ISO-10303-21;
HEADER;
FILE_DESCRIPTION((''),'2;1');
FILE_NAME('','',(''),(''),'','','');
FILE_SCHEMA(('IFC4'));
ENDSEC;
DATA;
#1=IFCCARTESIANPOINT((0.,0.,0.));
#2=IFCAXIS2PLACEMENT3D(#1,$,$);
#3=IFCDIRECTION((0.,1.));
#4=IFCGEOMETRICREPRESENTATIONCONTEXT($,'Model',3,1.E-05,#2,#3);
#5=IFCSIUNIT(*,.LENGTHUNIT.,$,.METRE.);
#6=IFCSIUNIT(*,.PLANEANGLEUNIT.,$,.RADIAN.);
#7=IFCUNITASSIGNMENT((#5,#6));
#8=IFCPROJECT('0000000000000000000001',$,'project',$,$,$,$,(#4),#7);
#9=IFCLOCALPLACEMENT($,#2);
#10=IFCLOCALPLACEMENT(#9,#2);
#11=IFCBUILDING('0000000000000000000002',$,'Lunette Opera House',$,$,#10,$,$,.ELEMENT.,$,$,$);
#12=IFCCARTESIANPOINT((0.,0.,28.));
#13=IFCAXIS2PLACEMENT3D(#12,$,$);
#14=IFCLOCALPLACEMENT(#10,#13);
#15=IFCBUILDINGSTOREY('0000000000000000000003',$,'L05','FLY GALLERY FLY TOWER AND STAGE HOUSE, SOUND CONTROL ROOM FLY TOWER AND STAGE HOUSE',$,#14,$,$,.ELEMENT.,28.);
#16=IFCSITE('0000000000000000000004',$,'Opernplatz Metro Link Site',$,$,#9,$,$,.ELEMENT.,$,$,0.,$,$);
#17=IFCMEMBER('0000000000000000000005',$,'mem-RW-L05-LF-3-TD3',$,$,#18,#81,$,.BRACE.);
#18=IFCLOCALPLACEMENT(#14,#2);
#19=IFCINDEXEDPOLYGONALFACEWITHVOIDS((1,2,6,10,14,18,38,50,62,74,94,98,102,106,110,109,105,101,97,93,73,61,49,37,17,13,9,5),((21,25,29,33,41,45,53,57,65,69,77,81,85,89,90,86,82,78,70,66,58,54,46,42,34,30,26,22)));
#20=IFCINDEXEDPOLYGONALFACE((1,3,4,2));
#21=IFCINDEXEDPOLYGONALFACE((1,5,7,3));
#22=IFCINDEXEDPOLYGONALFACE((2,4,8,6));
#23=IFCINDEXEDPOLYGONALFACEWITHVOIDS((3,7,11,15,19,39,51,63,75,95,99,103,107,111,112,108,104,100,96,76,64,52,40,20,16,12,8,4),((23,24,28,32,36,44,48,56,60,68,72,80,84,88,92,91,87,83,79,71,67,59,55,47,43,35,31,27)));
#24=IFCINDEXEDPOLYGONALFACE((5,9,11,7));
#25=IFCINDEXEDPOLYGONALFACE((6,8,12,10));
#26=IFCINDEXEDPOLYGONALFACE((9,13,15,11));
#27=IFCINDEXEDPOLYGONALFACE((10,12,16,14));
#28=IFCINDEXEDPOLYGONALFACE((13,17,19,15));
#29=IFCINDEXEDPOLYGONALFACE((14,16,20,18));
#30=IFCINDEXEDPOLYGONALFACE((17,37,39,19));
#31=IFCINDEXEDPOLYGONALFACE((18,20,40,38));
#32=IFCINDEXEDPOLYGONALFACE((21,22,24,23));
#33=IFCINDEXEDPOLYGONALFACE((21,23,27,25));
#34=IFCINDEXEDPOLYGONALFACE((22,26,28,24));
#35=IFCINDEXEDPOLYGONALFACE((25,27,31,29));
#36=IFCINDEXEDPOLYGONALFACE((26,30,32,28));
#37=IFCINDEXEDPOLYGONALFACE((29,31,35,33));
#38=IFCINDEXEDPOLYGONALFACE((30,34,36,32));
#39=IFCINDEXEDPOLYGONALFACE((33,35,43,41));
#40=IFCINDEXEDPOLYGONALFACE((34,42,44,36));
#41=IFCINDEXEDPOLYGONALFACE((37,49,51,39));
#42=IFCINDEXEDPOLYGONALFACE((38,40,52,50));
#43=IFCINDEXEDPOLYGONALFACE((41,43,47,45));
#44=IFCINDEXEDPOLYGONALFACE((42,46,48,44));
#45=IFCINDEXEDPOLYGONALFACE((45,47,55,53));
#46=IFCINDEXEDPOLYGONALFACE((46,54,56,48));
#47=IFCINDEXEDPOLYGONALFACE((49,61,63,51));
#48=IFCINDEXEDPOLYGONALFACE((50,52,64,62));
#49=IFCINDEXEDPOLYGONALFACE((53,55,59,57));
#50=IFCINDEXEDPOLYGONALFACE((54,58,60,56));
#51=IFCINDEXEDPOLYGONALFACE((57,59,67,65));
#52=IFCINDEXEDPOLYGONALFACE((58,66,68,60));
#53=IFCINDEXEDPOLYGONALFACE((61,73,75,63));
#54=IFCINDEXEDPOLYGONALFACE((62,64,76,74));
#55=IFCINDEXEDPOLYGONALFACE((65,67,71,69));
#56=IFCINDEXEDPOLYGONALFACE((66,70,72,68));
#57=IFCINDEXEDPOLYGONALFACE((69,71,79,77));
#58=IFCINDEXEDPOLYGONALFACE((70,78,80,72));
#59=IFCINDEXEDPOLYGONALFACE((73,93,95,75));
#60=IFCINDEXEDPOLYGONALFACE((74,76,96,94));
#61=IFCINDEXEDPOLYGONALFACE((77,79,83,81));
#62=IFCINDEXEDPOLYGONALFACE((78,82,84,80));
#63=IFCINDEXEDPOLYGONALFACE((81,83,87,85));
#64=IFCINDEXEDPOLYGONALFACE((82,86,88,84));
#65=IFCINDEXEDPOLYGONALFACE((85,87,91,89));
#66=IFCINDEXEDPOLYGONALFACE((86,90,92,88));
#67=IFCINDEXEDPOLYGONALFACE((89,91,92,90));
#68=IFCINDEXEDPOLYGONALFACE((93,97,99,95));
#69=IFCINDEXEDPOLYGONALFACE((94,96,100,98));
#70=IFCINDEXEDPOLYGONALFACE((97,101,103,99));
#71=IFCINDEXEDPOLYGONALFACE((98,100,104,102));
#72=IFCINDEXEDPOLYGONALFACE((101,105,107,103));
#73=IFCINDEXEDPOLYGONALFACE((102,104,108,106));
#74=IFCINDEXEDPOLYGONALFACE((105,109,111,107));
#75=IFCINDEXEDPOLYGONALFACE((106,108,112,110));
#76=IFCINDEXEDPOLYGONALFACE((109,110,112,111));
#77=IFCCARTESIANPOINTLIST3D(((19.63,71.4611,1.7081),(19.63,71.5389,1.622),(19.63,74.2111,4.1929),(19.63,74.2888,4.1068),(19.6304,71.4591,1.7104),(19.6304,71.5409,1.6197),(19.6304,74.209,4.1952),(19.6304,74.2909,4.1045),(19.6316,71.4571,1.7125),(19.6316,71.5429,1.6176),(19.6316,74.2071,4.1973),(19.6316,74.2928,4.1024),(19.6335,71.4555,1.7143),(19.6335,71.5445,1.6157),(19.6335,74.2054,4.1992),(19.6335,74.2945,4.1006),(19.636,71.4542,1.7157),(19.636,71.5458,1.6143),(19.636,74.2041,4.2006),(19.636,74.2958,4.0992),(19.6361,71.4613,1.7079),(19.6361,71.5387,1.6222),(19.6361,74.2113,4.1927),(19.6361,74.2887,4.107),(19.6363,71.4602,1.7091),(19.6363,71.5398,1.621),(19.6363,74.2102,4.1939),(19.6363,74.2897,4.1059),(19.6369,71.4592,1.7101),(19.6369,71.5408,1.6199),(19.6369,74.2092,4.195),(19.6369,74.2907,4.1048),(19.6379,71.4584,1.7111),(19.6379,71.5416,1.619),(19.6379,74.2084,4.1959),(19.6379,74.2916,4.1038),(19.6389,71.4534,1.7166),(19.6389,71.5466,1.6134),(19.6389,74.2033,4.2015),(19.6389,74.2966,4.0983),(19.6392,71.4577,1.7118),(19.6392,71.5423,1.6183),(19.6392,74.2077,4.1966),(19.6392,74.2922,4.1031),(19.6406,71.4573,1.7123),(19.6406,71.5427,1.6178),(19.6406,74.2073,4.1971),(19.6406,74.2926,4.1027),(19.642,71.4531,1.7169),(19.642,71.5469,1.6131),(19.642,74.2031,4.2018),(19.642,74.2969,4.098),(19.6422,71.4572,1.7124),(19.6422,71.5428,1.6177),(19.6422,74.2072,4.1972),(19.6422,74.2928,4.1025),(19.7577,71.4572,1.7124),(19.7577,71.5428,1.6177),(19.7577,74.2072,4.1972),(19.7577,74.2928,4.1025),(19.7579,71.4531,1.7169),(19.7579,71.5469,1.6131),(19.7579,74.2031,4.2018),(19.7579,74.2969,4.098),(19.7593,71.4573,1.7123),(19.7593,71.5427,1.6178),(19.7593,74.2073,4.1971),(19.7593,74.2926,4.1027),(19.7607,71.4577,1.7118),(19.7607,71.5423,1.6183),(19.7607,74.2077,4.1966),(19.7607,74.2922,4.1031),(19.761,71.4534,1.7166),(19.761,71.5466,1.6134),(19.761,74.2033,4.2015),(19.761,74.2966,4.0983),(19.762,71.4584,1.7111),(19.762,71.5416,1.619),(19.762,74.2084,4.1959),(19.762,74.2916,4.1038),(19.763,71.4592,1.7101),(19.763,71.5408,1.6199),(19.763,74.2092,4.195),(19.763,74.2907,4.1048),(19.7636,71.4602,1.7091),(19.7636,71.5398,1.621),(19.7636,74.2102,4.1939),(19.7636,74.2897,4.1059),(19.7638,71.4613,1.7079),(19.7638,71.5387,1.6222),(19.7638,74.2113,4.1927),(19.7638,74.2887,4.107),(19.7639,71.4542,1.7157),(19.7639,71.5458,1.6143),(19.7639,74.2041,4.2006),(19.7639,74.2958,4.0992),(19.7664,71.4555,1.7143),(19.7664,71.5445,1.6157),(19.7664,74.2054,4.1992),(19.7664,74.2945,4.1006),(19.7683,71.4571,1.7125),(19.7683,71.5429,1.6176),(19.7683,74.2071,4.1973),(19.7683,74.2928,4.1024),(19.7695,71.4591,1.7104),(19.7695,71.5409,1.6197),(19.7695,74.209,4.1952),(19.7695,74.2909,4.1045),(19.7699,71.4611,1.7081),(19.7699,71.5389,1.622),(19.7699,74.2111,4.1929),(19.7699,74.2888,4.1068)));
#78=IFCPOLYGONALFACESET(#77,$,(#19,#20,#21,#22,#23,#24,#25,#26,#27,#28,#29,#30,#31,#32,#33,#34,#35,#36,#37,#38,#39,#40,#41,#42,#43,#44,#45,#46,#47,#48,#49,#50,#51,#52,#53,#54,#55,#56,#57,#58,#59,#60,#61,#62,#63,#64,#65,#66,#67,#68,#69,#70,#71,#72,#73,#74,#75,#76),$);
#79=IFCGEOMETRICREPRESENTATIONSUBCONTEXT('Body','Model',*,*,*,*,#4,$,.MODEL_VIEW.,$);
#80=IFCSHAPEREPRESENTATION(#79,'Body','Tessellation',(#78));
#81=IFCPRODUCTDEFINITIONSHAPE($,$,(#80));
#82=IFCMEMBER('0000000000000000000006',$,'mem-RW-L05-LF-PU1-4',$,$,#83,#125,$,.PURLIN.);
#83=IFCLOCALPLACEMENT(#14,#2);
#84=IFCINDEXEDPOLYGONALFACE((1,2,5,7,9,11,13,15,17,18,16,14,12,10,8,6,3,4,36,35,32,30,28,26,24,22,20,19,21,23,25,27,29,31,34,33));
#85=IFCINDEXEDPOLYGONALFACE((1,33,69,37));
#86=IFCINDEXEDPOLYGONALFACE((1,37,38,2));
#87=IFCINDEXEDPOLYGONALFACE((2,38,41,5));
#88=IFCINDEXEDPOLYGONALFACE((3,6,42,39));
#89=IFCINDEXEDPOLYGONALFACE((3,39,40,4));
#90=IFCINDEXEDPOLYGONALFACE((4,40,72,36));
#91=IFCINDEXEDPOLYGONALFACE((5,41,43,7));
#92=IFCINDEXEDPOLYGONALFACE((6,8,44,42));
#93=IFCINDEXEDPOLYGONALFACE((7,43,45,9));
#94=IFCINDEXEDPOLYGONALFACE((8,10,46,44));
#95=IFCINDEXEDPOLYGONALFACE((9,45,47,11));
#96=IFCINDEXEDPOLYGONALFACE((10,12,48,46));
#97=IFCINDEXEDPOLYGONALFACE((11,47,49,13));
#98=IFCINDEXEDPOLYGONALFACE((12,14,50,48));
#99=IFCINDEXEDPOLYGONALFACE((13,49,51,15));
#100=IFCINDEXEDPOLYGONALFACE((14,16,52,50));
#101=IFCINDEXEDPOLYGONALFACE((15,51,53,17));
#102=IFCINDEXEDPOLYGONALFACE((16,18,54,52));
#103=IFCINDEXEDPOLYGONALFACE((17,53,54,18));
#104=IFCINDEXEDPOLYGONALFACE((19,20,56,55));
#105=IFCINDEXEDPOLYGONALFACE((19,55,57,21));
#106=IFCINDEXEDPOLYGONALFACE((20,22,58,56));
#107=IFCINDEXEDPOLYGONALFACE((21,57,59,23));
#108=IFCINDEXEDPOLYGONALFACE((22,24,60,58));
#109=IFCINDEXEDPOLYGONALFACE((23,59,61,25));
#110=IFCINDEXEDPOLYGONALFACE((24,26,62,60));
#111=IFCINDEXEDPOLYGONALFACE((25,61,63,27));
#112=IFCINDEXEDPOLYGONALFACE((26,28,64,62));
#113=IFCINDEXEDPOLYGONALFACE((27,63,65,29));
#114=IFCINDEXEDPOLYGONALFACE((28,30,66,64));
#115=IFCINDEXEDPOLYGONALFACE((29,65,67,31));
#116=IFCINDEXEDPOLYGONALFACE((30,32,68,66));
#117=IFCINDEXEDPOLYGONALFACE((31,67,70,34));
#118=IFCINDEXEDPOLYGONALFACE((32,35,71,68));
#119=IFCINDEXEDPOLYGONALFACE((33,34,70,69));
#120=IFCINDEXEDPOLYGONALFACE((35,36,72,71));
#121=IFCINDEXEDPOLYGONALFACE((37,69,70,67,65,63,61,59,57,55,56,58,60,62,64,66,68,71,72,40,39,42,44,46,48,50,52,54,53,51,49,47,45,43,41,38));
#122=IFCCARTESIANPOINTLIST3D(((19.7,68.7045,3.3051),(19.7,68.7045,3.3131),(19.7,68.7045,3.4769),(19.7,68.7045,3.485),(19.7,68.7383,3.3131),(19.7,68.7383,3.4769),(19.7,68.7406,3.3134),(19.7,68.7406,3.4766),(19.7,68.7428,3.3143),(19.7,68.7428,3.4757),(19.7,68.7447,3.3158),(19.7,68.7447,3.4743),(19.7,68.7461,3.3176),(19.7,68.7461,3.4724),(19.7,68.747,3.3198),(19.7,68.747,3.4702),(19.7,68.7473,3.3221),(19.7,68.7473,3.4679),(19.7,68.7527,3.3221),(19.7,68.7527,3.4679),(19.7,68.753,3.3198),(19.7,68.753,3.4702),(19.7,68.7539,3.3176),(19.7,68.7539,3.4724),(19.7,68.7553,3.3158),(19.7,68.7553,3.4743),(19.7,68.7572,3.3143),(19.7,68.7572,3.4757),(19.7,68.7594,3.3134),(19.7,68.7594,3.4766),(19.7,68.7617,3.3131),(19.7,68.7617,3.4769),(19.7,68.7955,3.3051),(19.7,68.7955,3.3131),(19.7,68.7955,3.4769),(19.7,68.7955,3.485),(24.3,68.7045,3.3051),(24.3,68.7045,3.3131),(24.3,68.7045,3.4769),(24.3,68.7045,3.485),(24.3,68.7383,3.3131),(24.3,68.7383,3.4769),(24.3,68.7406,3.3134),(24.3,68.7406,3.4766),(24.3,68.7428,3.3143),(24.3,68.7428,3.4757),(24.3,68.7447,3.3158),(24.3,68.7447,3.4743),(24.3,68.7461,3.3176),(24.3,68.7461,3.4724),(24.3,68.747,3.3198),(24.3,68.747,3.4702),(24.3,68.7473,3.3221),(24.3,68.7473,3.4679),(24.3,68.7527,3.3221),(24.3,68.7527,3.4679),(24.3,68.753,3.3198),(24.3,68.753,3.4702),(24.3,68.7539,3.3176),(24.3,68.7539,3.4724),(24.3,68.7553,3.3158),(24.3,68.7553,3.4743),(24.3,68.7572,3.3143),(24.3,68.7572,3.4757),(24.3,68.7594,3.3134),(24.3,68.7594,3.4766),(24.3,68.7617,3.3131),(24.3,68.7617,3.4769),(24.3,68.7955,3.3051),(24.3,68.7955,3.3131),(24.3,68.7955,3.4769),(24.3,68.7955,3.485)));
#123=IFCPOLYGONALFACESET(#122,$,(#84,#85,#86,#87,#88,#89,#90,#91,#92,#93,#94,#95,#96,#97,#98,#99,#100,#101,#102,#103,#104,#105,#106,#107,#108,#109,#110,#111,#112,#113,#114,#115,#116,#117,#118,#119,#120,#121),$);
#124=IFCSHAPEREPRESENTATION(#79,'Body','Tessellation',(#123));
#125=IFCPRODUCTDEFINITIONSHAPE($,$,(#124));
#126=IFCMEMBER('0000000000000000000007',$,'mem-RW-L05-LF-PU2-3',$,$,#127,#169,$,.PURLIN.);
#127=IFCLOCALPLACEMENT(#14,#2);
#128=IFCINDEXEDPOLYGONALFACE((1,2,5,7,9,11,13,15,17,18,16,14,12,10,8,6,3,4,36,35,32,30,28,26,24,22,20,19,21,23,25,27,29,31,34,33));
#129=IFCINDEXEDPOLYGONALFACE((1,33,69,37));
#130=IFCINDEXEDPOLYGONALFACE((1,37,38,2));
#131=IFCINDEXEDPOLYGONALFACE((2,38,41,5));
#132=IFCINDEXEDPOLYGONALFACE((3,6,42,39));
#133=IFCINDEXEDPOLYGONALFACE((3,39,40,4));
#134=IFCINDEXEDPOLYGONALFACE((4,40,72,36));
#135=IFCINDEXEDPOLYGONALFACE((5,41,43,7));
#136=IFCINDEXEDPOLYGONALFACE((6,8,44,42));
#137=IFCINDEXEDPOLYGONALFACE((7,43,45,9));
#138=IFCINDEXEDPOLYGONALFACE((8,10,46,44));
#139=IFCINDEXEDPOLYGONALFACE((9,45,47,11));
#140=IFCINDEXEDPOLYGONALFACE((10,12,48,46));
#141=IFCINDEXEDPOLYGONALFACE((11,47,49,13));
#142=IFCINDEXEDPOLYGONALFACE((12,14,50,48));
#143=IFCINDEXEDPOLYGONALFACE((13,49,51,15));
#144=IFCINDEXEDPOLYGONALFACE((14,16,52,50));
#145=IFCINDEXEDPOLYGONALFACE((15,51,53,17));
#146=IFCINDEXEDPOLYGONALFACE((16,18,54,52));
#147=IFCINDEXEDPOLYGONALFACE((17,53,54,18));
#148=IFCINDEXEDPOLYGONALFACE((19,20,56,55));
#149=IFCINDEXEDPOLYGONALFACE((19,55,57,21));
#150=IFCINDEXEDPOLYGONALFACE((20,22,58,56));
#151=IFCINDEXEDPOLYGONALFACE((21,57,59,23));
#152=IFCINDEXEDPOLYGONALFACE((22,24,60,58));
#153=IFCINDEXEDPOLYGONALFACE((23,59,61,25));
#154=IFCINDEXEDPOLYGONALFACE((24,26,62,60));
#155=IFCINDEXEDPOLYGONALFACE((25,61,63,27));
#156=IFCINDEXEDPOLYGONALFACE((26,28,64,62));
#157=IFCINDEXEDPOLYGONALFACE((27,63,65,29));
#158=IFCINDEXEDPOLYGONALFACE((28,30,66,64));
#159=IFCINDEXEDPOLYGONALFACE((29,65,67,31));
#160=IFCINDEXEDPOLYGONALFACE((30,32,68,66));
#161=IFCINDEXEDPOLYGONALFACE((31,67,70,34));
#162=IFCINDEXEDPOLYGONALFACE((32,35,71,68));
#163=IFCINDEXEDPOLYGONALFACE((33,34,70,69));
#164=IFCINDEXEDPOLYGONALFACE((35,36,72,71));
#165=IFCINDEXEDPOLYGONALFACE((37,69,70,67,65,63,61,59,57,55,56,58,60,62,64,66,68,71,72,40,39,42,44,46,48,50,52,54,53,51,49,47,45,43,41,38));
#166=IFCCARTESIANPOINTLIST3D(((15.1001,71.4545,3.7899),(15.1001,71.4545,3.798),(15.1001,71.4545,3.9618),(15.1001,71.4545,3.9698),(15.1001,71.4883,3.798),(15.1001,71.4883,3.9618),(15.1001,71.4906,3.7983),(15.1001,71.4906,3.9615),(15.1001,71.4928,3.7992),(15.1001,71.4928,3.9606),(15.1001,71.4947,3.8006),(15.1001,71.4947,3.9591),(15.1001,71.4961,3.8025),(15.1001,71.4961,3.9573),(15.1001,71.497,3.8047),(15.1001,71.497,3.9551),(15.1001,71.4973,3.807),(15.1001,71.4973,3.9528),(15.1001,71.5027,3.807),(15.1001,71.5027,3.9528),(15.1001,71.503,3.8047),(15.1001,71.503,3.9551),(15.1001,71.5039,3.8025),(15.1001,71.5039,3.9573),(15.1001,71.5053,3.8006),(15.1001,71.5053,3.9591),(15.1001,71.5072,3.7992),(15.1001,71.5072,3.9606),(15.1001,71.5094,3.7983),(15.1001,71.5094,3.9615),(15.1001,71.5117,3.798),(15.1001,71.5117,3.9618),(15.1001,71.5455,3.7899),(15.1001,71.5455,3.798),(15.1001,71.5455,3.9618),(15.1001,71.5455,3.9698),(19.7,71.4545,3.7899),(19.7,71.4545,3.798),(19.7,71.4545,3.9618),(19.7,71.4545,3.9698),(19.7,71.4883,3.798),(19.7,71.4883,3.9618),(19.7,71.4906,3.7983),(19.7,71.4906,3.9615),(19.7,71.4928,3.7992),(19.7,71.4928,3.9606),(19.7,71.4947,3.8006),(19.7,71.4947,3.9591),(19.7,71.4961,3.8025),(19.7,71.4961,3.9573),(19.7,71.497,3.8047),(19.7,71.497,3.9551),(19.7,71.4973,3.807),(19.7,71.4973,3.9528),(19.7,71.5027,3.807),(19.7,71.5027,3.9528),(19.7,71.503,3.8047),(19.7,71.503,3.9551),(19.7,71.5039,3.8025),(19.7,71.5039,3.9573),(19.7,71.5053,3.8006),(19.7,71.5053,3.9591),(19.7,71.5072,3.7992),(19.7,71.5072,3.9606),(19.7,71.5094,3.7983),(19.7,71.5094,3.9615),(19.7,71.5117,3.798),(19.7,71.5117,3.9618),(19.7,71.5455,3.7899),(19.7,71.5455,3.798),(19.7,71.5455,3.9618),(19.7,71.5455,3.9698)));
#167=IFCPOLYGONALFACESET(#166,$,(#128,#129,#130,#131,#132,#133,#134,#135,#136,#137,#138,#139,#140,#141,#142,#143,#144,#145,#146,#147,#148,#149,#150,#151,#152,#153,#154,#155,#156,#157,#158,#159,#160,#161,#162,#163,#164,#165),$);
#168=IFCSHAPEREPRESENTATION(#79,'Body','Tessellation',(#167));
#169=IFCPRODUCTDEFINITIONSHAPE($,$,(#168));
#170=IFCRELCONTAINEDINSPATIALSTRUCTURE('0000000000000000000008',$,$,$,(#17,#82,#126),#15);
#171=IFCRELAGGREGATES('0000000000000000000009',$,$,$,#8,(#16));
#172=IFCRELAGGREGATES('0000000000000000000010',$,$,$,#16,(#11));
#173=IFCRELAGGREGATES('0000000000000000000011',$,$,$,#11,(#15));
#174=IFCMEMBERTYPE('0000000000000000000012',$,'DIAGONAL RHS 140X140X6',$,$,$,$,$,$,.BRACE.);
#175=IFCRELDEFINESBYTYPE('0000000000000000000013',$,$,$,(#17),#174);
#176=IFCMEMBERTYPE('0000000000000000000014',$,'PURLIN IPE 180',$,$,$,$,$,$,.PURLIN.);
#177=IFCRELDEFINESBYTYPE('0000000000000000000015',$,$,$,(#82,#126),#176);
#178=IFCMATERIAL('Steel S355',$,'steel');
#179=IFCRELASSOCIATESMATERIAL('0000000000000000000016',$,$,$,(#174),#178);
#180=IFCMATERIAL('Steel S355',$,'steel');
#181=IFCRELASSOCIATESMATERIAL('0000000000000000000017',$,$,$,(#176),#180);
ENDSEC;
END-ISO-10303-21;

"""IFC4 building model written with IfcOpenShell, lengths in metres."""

from ifc_helpers import new_model, si_unit, direction, frame, origin, origin_2d, place, context, subcontext, project, spatial, hollow_rectangle, i_section, extrude, material, material_profile, profile_set, type_object, element, save


model = new_model("IFC4")

# Units and contexts
model_context = context("Model", 3, precision=1e-05, world=origin(), true_north=direction((0.0, 1.0)))
body_context = subcontext(model_context, "Body", "Model", "MODEL_VIEW")
ifc_project = project(units=[si_unit("LENGTHUNIT", "METRE"), si_unit("PLANEANGLEUNIT", "RADIAN")], contexts=[model_context])

# Site, building, storey
site_placement = place(None, origin())
site = spatial("IfcSite", under=ifc_project, at=site_placement, Name="Opernplatz Metro Link Site", CompositionType="ELEMENT", RefElevation=0.0)
building_placement = place(site_placement, origin())
building = spatial("IfcBuilding", under=site, at=building_placement, Name="Lunette Opera House", CompositionType="ELEMENT")
storey_placement = place(building_placement, frame((0.0, 0.0, 28.0)))
storey = spatial("IfcBuildingStorey", under=building, at=storey_placement, Name="L05", Description="FLY GALLERY FLY TOWER AND STAGE HOUSE, SOUND CONTROL ROOM FLY TOWER AND STAGE HOUSE", CompositionType="ELEMENT", Elevation=28.0)

# Members
ifc_material_1 = material(Name="Steel S355", Category="steel")
ifc_material_profile_1 = material_profile(ifc_material_1, hollow_rectangle(XDim=0.1399, YDim=0.1399, WallThickness=0.0061, InnerFilletRadius=0.0061, OuterFilletRadius=0.012, at=origin_2d()), Name="RHS 140X140X6")
ifc_profile_set_1 = profile_set([ifc_material_profile_1], Name="Steel S355")
member_type_1 = type_object("IfcMemberType", Name="DIAGONAL RHS 140X140X6", PredefinedType="BRACE", material=ifc_profile_set_1)
member_1_placement = place(storey_placement, frame((19.7, 71.5, 1.665), z_axis=(0.0, 0.741969, 0.670434), x_axis=(-1.0, 0.0, 0.0)))
element("IfcMember", 1, at=member_1_placement, inside=storey, type_object=member_type_1, Name="mem-RW-L05-LF-3-TD3", PredefinedType="BRACE", context=body_context, shape_type="SweptSolid", body=[
    extrude(hollow_rectangle(XDim=0.1399, YDim=0.1399, WallThickness=0.0061, InnerFilletRadius=0.0061, OuterFilletRadius=0.012, at=origin_2d()), origin(), (0.0, 0.0, 1.0), 3.7063),
])
ifc_material_2 = material(Name="Steel S355", Category="steel")
ifc_material_profile_2 = material_profile(ifc_material_2, i_section(OverallWidth=0.0911, OverallDepth=0.1799, WebThickness=0.0054, FlangeThickness=0.0081, FilletRadius=0.009, at=origin_2d()), Name="IPE 180")
ifc_profile_set_2 = profile_set([ifc_material_profile_2], Name="Steel S355")
member_type_2 = type_object("IfcMemberType", Name="PURLIN IPE 180", PredefinedType="PURLIN", material=ifc_profile_set_2)
member_2_placement = place(storey_placement, frame((19.7, 68.75, 3.395), z_axis=(1.0, 0.0, 0.0), x_axis=(0.0, 1.0, 0.0)))
element("IfcMember", 2, at=member_2_placement, inside=storey, type_object=member_type_2, Name="mem-RW-L05-LF-PU1-4", PredefinedType="PURLIN", context=body_context, shape_type="SweptSolid", body=[
    extrude(i_section(OverallWidth=0.0911, OverallDepth=0.1799, WebThickness=0.0054, FlangeThickness=0.0081, FilletRadius=0.009, at=origin_2d()), origin(), (0.0, 0.0, 1.0), 4.6001),
])
member_3_placement = place(storey_placement, frame((15.1001, 71.5, 3.8799), z_axis=(1.0, 0.0, 0.0), x_axis=(0.0, 1.0, 0.0)))
element("IfcMember", 3, at=member_3_placement, inside=storey, type_object=member_type_2, Name="mem-RW-L05-LF-PU2-3", PredefinedType="PURLIN", context=body_context, shape_type="SweptSolid", body=[
    extrude(i_section(OverallWidth=0.0911, OverallDepth=0.1799, WebThickness=0.0054, FlangeThickness=0.0081, FilletRadius=0.009, at=origin_2d()), origin(), (0.0, 0.0, 1.0), 4.5999),
])

save(model, "model.ifc")
